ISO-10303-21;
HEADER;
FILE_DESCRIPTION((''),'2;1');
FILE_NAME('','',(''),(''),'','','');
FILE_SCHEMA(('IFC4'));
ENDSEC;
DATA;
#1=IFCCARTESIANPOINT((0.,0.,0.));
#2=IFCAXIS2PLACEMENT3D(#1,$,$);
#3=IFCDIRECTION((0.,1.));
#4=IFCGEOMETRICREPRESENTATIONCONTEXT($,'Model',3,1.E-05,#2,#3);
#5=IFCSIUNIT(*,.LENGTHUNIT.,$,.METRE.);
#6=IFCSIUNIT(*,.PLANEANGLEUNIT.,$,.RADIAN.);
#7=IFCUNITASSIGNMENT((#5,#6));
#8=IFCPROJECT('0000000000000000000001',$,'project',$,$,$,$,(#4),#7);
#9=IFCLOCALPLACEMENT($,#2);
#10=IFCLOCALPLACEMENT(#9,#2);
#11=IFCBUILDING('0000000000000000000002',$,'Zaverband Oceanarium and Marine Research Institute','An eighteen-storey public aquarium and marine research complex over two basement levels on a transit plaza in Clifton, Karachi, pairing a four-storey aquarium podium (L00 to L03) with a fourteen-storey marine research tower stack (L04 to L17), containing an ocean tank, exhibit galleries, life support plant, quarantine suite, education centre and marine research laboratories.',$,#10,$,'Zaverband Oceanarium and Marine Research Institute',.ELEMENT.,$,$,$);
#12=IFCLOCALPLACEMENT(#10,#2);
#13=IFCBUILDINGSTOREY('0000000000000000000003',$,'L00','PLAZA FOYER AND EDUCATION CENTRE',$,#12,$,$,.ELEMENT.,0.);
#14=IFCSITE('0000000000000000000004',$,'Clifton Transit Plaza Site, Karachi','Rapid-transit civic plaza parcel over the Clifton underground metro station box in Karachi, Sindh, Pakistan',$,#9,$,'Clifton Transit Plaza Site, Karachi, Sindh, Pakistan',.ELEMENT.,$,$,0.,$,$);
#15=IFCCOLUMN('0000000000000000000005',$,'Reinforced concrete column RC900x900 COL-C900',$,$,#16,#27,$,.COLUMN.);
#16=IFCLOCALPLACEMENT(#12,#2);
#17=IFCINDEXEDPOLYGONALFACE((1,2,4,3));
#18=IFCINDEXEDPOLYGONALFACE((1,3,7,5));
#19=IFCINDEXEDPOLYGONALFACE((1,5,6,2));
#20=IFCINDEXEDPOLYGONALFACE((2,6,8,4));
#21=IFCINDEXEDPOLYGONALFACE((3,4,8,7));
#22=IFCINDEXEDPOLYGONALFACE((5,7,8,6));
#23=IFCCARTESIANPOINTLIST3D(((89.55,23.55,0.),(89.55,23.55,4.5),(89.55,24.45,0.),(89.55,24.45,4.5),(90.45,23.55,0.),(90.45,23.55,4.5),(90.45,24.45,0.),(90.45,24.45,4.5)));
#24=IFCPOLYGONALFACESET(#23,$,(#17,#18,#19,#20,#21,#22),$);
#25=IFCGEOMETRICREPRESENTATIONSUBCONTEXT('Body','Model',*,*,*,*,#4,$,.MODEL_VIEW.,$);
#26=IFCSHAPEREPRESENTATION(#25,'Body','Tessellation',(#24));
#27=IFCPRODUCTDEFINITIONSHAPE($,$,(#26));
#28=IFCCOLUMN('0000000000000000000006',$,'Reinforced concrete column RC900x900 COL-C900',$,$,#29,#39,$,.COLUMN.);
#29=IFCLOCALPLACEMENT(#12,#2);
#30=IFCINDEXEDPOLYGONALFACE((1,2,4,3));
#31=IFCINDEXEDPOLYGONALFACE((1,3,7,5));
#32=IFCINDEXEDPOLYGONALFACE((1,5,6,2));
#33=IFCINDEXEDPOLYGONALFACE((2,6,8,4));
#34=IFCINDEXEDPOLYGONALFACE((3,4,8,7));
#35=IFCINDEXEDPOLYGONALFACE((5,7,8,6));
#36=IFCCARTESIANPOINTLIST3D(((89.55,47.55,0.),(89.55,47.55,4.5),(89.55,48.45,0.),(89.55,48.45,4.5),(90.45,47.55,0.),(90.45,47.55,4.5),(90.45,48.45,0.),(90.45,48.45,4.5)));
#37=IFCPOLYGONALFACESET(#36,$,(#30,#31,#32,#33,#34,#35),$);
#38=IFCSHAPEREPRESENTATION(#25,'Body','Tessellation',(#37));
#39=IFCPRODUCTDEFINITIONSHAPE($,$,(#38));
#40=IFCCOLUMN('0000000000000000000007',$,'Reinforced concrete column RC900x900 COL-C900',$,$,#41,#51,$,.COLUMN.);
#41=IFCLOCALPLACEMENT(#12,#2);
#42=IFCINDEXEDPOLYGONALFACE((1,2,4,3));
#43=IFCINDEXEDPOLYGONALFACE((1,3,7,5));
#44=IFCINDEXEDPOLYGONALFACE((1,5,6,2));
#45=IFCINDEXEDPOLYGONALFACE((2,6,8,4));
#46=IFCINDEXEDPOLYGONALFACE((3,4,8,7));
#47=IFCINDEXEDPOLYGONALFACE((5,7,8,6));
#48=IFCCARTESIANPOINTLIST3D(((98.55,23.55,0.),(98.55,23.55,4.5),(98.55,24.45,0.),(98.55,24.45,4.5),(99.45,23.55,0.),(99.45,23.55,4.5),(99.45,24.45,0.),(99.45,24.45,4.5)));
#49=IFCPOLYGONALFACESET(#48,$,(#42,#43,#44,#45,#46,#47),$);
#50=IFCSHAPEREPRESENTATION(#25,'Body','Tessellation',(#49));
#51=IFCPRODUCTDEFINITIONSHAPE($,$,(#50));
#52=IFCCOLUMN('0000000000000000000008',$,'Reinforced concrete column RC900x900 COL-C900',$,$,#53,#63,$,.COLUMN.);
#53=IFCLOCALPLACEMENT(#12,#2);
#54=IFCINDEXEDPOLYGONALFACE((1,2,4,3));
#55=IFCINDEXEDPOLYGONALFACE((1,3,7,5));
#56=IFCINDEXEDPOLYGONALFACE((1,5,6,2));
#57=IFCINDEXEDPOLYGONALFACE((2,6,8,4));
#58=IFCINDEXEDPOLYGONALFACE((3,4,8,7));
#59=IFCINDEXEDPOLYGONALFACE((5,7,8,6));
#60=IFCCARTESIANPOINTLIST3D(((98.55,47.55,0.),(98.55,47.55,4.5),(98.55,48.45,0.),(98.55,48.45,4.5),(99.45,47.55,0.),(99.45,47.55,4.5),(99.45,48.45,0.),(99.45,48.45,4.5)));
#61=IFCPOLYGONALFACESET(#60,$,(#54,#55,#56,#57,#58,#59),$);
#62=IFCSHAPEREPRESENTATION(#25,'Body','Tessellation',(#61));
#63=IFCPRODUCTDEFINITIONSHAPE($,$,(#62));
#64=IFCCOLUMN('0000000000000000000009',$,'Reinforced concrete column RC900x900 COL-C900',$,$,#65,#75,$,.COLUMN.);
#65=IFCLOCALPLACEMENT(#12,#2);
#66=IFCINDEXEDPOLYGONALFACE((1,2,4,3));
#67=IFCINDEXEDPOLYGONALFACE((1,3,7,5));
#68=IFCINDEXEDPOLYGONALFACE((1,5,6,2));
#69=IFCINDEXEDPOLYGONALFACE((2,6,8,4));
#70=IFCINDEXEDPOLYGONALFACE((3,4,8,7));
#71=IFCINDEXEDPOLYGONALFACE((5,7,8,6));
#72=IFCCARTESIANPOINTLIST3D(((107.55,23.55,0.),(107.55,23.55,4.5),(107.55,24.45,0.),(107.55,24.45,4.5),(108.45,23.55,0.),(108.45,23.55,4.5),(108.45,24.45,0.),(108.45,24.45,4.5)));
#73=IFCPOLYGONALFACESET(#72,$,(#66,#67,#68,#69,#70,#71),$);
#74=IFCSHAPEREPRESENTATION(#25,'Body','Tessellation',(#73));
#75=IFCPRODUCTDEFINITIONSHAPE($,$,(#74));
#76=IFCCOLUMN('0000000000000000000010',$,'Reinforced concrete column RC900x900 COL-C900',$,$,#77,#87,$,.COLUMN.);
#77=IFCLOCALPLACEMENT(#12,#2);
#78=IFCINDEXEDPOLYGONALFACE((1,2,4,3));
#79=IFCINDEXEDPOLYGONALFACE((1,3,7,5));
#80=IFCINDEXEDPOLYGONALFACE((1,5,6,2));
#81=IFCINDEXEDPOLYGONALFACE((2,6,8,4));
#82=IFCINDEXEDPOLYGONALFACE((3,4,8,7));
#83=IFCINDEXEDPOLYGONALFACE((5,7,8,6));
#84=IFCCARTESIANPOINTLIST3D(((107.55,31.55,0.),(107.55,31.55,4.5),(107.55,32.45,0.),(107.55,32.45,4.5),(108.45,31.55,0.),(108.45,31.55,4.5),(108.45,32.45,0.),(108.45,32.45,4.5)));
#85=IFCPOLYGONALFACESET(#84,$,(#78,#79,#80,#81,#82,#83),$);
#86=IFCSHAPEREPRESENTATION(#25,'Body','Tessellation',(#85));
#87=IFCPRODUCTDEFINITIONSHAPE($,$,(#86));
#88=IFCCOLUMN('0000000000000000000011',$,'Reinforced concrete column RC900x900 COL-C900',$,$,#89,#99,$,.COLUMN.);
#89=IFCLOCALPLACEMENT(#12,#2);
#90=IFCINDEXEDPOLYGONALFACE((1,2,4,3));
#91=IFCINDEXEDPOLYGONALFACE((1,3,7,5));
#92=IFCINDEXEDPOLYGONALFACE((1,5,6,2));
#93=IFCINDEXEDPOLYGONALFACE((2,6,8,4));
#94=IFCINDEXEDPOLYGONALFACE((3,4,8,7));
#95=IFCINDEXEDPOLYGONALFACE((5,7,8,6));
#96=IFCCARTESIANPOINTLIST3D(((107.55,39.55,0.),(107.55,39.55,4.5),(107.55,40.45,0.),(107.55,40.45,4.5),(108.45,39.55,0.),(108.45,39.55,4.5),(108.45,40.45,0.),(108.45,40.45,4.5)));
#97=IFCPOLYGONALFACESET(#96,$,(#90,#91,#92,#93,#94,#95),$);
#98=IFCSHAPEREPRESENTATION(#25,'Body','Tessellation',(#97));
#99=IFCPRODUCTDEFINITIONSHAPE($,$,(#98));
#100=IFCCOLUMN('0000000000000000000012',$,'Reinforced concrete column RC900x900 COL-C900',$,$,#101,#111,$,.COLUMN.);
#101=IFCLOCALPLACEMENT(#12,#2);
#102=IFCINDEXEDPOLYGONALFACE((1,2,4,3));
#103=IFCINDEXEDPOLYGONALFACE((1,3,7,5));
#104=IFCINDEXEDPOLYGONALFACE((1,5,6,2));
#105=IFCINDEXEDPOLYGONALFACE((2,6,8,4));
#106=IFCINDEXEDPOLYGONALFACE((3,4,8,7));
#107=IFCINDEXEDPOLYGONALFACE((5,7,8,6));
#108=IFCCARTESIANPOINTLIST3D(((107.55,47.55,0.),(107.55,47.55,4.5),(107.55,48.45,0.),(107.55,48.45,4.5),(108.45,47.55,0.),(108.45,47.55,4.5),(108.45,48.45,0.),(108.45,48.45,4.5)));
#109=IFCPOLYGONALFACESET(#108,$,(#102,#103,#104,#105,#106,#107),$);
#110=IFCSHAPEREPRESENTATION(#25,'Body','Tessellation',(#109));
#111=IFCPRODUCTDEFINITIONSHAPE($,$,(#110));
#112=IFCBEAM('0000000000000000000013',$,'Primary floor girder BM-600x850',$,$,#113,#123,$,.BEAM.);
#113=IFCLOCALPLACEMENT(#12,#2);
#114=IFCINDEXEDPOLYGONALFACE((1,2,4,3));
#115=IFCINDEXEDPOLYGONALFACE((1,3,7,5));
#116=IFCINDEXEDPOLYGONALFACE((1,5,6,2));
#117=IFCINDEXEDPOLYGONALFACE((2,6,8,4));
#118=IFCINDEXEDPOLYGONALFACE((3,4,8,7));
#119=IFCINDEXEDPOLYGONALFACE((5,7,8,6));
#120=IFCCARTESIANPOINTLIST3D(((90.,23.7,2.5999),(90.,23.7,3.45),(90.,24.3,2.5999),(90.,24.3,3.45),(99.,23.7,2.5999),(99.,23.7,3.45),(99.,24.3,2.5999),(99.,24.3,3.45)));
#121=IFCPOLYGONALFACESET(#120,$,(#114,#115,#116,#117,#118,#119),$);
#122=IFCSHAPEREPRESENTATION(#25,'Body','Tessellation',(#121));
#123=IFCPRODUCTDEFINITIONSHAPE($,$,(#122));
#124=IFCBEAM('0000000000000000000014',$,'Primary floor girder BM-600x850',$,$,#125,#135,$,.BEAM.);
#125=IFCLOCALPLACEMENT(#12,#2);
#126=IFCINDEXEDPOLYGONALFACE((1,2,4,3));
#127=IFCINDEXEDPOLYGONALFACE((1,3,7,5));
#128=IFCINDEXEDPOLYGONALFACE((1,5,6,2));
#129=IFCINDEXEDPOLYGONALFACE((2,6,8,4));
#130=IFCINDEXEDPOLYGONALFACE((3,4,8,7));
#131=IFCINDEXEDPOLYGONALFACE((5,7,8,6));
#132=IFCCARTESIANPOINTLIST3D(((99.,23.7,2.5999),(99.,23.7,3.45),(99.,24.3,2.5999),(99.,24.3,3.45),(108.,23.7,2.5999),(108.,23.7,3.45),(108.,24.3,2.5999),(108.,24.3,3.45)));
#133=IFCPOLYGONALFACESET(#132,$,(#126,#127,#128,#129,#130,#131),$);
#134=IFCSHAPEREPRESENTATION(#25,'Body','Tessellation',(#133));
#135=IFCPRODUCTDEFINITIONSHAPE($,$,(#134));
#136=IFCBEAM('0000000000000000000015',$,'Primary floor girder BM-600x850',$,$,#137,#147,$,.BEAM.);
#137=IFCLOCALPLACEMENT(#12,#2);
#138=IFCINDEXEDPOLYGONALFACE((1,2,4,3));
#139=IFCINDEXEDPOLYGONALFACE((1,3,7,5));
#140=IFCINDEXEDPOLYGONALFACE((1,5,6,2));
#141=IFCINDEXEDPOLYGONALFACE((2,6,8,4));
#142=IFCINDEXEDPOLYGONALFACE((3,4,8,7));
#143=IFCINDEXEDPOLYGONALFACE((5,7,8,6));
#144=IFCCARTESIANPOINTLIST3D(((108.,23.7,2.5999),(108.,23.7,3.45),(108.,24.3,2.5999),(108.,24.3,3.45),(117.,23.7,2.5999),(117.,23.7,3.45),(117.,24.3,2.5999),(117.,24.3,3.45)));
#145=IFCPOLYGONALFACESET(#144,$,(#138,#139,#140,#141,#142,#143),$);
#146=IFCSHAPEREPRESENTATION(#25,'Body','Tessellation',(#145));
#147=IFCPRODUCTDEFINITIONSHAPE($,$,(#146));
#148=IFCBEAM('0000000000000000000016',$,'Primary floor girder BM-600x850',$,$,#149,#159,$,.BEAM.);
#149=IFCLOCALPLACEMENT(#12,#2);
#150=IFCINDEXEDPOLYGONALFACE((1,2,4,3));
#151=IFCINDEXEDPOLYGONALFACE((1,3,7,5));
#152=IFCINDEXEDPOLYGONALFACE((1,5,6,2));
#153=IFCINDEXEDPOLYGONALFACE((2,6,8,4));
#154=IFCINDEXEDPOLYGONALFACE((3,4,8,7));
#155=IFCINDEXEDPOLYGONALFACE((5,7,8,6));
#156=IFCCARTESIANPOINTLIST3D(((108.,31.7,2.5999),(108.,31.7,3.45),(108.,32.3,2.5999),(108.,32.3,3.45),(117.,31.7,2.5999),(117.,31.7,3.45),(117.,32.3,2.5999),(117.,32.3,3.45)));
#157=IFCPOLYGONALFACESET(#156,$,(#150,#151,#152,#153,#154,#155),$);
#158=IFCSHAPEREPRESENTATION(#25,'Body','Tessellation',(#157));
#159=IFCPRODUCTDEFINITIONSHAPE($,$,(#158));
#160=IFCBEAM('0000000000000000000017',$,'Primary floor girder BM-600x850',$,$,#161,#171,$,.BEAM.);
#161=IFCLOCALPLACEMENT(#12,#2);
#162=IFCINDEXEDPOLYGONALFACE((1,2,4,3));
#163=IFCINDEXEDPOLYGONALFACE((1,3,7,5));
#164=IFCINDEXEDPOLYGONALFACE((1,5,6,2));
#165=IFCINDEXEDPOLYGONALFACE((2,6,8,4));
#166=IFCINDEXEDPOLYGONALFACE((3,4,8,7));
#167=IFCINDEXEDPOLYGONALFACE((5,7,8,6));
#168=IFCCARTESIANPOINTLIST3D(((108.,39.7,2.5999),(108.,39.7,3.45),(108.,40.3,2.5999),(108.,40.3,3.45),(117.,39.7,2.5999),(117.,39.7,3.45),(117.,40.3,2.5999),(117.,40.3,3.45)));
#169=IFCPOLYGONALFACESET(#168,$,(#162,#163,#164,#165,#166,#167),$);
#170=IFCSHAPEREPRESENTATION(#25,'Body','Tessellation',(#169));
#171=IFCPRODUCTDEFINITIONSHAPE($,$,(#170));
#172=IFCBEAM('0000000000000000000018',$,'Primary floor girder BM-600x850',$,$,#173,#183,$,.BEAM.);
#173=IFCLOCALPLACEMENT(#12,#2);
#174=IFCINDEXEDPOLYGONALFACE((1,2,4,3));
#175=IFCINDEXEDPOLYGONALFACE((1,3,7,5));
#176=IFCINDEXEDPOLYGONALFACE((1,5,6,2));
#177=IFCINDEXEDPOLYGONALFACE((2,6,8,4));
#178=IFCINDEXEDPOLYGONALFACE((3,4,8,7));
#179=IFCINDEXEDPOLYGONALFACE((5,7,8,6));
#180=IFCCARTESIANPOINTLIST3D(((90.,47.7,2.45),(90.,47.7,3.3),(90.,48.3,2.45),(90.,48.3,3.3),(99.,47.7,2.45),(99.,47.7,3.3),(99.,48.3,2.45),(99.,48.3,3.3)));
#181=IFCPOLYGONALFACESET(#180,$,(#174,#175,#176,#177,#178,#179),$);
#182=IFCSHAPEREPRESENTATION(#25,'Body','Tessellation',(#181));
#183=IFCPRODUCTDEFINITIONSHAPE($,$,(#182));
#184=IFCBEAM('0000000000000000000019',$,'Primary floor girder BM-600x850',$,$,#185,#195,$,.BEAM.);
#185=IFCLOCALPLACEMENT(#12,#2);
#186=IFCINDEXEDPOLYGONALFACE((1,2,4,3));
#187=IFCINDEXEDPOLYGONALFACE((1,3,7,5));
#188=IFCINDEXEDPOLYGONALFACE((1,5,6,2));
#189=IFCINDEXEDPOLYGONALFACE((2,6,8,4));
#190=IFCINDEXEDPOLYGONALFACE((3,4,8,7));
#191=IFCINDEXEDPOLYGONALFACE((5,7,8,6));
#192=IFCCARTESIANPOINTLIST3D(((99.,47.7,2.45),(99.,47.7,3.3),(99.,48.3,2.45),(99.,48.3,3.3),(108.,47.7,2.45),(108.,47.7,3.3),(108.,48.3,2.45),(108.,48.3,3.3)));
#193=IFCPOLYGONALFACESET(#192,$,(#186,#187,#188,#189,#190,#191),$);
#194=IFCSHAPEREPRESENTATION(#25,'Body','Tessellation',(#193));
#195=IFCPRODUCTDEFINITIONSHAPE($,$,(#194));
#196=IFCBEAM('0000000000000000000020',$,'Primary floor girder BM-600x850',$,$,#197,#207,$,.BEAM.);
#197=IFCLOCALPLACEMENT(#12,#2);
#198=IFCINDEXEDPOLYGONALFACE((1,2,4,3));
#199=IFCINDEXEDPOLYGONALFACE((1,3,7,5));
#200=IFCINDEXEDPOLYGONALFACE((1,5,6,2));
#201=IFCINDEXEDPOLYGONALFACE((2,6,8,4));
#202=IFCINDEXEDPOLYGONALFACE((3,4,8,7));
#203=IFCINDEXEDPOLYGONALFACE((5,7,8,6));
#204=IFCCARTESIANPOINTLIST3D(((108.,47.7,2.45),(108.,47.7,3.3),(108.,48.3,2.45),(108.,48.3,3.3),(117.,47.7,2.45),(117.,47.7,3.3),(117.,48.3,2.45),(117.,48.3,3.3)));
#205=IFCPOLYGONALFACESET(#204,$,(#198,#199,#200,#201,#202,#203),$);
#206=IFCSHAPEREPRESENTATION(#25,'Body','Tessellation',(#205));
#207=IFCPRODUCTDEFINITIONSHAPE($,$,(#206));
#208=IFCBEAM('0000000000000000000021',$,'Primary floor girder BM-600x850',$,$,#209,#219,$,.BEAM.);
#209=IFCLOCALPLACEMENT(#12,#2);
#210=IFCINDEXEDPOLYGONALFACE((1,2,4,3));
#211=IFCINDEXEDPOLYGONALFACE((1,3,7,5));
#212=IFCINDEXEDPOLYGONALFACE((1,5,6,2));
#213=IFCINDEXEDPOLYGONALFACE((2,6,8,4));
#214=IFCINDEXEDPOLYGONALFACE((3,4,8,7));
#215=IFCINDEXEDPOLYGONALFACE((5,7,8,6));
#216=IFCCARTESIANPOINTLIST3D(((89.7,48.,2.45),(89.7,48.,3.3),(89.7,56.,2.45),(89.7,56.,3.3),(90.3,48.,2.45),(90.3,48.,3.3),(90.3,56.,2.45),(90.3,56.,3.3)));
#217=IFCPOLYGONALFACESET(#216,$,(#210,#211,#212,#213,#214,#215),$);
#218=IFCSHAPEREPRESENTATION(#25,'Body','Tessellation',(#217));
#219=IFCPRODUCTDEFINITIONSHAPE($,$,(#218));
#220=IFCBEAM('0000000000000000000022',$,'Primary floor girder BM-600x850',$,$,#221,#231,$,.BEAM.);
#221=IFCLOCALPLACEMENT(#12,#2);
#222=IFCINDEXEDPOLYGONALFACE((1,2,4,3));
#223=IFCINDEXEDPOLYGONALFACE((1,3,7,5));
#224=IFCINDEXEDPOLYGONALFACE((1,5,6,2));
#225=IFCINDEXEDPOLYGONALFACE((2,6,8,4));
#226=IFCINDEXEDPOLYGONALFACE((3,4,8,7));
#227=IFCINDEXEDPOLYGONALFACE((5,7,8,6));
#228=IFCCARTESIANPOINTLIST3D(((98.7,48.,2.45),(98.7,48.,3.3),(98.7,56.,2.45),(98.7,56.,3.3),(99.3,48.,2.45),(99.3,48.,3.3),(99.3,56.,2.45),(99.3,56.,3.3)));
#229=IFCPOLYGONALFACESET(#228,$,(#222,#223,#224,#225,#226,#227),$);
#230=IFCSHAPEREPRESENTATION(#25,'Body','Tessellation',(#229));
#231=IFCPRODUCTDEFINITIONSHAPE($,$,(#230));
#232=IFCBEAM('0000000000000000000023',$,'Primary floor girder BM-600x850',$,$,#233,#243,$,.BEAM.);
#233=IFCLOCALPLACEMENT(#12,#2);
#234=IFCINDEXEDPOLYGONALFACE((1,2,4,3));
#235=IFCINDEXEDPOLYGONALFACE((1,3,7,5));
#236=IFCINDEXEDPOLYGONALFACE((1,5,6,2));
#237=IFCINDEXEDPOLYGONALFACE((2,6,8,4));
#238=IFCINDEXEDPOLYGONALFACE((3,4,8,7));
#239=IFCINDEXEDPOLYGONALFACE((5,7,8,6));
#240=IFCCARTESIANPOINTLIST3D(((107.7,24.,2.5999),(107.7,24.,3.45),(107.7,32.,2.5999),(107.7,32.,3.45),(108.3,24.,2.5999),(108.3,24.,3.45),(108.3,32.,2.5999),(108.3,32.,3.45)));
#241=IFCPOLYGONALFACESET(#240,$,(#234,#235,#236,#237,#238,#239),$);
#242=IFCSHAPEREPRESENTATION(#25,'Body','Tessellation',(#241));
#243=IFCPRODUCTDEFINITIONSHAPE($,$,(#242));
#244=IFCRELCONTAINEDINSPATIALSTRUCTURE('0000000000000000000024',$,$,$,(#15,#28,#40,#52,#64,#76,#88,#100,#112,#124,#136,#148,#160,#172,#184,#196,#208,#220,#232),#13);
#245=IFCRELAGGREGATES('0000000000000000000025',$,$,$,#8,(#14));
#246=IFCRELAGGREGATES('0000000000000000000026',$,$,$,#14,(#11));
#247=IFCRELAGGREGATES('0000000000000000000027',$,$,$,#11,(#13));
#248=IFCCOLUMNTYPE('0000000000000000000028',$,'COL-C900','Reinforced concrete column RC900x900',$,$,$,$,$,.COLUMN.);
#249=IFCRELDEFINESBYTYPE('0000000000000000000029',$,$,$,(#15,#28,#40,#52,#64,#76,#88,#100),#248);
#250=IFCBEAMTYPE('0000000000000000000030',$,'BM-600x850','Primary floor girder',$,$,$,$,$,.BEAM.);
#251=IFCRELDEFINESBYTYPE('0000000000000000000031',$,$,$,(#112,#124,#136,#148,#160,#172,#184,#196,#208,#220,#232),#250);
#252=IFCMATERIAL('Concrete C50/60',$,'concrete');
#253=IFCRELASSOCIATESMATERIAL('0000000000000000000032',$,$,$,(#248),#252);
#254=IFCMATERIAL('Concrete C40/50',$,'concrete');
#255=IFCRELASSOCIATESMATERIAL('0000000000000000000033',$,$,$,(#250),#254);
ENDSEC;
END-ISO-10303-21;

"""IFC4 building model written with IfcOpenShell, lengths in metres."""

from ifc_helpers import new_model, si_unit, direction, frame, origin, origin_2d, place, context, subcontext, project, spatial, rectangle, extrude, material, material_profile, profile_set, type_object, element, save


model = new_model("IFC4")

# Units and contexts
model_context = context("Model", 3, precision=1e-05, world=origin(), true_north=direction((0.0, 1.0)))
body_context = subcontext(model_context, "Body", "Model", "MODEL_VIEW")
ifc_project = project(units=[si_unit("LENGTHUNIT", "METRE"), si_unit("PLANEANGLEUNIT", "RADIAN")], contexts=[model_context])

# Site, building, storey
site_placement = place(None, origin())
site = spatial("IfcSite", under=ifc_project, at=site_placement, Name="Clifton Transit Plaza Site, Karachi", Description="Rapid-transit civic plaza parcel over the Clifton underground metro station box in Karachi, Sindh, Pakistan", LongName="Clifton Transit Plaza Site, Karachi, Sindh, Pakistan", CompositionType="ELEMENT", RefElevation=0.0)
building_placement = place(site_placement, origin())
building = spatial("IfcBuilding", under=site, at=building_placement, Name="Zaverband Oceanarium and Marine Research Institute", Description="An eighteen-storey public aquarium and marine research complex over two basement levels on a transit plaza in Clifton, Karachi, pairing a four-storey aquarium podium (L00 to L03) with a fourteen-storey marine research tower stack (L04 to L17), containing an ocean tank, exhibit galleries, life support plant, quarantine suite, education centre and marine research laboratories.", LongName="Zaverband Oceanarium and Marine Research Institute", CompositionType="ELEMENT")
storey_placement = place(building_placement, origin())
storey = spatial("IfcBuildingStorey", under=building, at=storey_placement, Name="L00", Description="PLAZA FOYER AND EDUCATION CENTRE", CompositionType="ELEMENT", Elevation=0.0)

# Columns
ifc_material_1 = material(Name="Concrete C50/60", Category="concrete")
ifc_material_profile_1 = material_profile(ifc_material_1, rectangle(XDim=0.8999, YDim=0.8999, at=origin_2d()), Name="RC900x900")
ifc_profile_set_1 = profile_set([ifc_material_profile_1], Name="Concrete C50/60")
column_type = type_object("IfcColumnType", Name="COL-C900", Description="Reinforced concrete column RC900x900", PredefinedType="COLUMN", material=ifc_profile_set_1)
for number, where, z_axis, x_axis, name in (
    (1, (90.0, 24.0, 0.0), (0.0, 0.0, 1.0), (1.0, 0.0, 0.0), "Reinforced concrete column RC900x900 COL-C900"),
    (2, (90.0, 48.0, 0.0), (0.0, 0.0, 1.0), (1.0, 0.0, 0.0), "Reinforced concrete column RC900x900 COL-C900"),
    (3, (99.0, 24.0, 0.0), (0.0, 0.0, 1.0), (1.0, 0.0, 0.0), "Reinforced concrete column RC900x900 COL-C900"),
    (4, (99.0, 48.0, 0.0), (0.0, 0.0, 1.0), (1.0, 0.0, 0.0), "Reinforced concrete column RC900x900 COL-C900"),
    (5, (108.0, 24.0, 0.0), (0.0, 0.0, 1.0), (1.0, 0.0, 0.0), "Reinforced concrete column RC900x900 COL-C900"),
    (6, (108.0, 32.0, 0.0), (0.0, 0.0, 1.0), (1.0, 0.0, 0.0), "Reinforced concrete column RC900x900 COL-C900"),
    (7, (108.0, 40.0, 0.0), (0.0, 0.0, 1.0), (1.0, 0.0, 0.0), "Reinforced concrete column RC900x900 COL-C900"),
    (8, (108.0, 48.0, 0.0), (0.0, 0.0, 1.0), (1.0, 0.0, 0.0), "Reinforced concrete column RC900x900 COL-C900"),
):
    element("IfcColumn", number, at=place(storey_placement, frame(where, z_axis=z_axis, x_axis=x_axis)), inside=storey, type_object=column_type, Name=name, PredefinedType="COLUMN", context=body_context, shape_type="SweptSolid", body=[
        extrude(rectangle(XDim=0.8999, YDim=0.8999, at=origin_2d()), origin(), (0.0, 0.0, 1.0), 4.5),
    ])

# Beams
ifc_material_2 = material(Name="Concrete C40/50", Category="concrete")
ifc_material_profile_2 = material_profile(ifc_material_2, rectangle(XDim=0.6001, YDim=0.8501, at=origin_2d()), Name="RC600x850")
ifc_profile_set_2 = profile_set([ifc_material_profile_2], Name="Concrete C40/50")
beam_type_1 = type_object("IfcBeamType", Name="BM-600x850", Description="Primary floor girder", PredefinedType="BEAM", material=ifc_profile_set_2)
for number, where, z_axis, x_axis, name in (
    (9, (90.0, 24.0, 3.0249), (1.0, 0.0, 0.0), (0.0, 1.0, 0.0), "Primary floor girder BM-600x850"),
    (10, (99.0, 24.0, 3.0249), (1.0, 0.0, 0.0), (0.0, 1.0, 0.0), "Primary floor girder BM-600x850"),
    (11, (108.0, 24.0, 3.0249), (1.0, 0.0, 0.0), (0.0, 1.0, 0.0), "Primary floor girder BM-600x850"),
    (12, (108.0, 32.0, 3.0249), (1.0, 0.0, 0.0), (0.0, 1.0, 0.0), "Primary floor girder BM-600x850"),
    (13, (108.0, 40.0, 3.0249), (1.0, 0.0, 0.0), (0.0, 1.0, 0.0), "Primary floor girder BM-600x850"),
    (14, (90.0, 48.0, 2.875), (1.0, 0.0, 0.0), (0.0, 1.0, 0.0), "Primary floor girder BM-600x850"),
    (15, (99.0, 48.0, 2.875), (1.0, 0.0, 0.0), (0.0, 1.0, 0.0), "Primary floor girder BM-600x850"),
    (16, (108.0, 48.0, 2.875), (1.0, 0.0, 0.0), (0.0, 1.0, 0.0), "Primary floor girder BM-600x850"),
):
    element("IfcBeam", number, at=place(storey_placement, frame(where, z_axis=z_axis, x_axis=x_axis)), inside=storey, type_object=beam_type_1, Name=name, PredefinedType="BEAM", context=body_context, shape_type="SweptSolid", body=[
        extrude(rectangle(XDim=0.6001, YDim=0.8501, at=origin_2d()), origin(), (0.0, 0.0, 1.0), 9.0),
    ])
for number, where, z_axis, x_axis, name in (
    (17, (90.0, 48.0, 2.875), (0.0, 1.0, 0.0), (-1.0, 0.0, 0.0), "Primary floor girder BM-600x850"),
    (18, (99.0, 48.0, 2.875), (0.0, 1.0, 0.0), (-1.0, 0.0, 0.0), "Primary floor girder BM-600x850"),
    (19, (108.0, 24.0, 3.0249), (0.0, 1.0, 0.0), (-1.0, 0.0, 0.0), "Primary floor girder BM-600x850"),
):
    element("IfcBeam", number, at=place(storey_placement, frame(where, z_axis=z_axis, x_axis=x_axis)), inside=storey, type_object=beam_type_1, Name=name, PredefinedType="BEAM", context=body_context, shape_type="SweptSolid", body=[
        extrude(rectangle(XDim=0.6001, YDim=0.8501, at=origin_2d()), origin(), (0.0, 0.0, 1.0), 8.0),
    ])

save(model, "model.ifc")
